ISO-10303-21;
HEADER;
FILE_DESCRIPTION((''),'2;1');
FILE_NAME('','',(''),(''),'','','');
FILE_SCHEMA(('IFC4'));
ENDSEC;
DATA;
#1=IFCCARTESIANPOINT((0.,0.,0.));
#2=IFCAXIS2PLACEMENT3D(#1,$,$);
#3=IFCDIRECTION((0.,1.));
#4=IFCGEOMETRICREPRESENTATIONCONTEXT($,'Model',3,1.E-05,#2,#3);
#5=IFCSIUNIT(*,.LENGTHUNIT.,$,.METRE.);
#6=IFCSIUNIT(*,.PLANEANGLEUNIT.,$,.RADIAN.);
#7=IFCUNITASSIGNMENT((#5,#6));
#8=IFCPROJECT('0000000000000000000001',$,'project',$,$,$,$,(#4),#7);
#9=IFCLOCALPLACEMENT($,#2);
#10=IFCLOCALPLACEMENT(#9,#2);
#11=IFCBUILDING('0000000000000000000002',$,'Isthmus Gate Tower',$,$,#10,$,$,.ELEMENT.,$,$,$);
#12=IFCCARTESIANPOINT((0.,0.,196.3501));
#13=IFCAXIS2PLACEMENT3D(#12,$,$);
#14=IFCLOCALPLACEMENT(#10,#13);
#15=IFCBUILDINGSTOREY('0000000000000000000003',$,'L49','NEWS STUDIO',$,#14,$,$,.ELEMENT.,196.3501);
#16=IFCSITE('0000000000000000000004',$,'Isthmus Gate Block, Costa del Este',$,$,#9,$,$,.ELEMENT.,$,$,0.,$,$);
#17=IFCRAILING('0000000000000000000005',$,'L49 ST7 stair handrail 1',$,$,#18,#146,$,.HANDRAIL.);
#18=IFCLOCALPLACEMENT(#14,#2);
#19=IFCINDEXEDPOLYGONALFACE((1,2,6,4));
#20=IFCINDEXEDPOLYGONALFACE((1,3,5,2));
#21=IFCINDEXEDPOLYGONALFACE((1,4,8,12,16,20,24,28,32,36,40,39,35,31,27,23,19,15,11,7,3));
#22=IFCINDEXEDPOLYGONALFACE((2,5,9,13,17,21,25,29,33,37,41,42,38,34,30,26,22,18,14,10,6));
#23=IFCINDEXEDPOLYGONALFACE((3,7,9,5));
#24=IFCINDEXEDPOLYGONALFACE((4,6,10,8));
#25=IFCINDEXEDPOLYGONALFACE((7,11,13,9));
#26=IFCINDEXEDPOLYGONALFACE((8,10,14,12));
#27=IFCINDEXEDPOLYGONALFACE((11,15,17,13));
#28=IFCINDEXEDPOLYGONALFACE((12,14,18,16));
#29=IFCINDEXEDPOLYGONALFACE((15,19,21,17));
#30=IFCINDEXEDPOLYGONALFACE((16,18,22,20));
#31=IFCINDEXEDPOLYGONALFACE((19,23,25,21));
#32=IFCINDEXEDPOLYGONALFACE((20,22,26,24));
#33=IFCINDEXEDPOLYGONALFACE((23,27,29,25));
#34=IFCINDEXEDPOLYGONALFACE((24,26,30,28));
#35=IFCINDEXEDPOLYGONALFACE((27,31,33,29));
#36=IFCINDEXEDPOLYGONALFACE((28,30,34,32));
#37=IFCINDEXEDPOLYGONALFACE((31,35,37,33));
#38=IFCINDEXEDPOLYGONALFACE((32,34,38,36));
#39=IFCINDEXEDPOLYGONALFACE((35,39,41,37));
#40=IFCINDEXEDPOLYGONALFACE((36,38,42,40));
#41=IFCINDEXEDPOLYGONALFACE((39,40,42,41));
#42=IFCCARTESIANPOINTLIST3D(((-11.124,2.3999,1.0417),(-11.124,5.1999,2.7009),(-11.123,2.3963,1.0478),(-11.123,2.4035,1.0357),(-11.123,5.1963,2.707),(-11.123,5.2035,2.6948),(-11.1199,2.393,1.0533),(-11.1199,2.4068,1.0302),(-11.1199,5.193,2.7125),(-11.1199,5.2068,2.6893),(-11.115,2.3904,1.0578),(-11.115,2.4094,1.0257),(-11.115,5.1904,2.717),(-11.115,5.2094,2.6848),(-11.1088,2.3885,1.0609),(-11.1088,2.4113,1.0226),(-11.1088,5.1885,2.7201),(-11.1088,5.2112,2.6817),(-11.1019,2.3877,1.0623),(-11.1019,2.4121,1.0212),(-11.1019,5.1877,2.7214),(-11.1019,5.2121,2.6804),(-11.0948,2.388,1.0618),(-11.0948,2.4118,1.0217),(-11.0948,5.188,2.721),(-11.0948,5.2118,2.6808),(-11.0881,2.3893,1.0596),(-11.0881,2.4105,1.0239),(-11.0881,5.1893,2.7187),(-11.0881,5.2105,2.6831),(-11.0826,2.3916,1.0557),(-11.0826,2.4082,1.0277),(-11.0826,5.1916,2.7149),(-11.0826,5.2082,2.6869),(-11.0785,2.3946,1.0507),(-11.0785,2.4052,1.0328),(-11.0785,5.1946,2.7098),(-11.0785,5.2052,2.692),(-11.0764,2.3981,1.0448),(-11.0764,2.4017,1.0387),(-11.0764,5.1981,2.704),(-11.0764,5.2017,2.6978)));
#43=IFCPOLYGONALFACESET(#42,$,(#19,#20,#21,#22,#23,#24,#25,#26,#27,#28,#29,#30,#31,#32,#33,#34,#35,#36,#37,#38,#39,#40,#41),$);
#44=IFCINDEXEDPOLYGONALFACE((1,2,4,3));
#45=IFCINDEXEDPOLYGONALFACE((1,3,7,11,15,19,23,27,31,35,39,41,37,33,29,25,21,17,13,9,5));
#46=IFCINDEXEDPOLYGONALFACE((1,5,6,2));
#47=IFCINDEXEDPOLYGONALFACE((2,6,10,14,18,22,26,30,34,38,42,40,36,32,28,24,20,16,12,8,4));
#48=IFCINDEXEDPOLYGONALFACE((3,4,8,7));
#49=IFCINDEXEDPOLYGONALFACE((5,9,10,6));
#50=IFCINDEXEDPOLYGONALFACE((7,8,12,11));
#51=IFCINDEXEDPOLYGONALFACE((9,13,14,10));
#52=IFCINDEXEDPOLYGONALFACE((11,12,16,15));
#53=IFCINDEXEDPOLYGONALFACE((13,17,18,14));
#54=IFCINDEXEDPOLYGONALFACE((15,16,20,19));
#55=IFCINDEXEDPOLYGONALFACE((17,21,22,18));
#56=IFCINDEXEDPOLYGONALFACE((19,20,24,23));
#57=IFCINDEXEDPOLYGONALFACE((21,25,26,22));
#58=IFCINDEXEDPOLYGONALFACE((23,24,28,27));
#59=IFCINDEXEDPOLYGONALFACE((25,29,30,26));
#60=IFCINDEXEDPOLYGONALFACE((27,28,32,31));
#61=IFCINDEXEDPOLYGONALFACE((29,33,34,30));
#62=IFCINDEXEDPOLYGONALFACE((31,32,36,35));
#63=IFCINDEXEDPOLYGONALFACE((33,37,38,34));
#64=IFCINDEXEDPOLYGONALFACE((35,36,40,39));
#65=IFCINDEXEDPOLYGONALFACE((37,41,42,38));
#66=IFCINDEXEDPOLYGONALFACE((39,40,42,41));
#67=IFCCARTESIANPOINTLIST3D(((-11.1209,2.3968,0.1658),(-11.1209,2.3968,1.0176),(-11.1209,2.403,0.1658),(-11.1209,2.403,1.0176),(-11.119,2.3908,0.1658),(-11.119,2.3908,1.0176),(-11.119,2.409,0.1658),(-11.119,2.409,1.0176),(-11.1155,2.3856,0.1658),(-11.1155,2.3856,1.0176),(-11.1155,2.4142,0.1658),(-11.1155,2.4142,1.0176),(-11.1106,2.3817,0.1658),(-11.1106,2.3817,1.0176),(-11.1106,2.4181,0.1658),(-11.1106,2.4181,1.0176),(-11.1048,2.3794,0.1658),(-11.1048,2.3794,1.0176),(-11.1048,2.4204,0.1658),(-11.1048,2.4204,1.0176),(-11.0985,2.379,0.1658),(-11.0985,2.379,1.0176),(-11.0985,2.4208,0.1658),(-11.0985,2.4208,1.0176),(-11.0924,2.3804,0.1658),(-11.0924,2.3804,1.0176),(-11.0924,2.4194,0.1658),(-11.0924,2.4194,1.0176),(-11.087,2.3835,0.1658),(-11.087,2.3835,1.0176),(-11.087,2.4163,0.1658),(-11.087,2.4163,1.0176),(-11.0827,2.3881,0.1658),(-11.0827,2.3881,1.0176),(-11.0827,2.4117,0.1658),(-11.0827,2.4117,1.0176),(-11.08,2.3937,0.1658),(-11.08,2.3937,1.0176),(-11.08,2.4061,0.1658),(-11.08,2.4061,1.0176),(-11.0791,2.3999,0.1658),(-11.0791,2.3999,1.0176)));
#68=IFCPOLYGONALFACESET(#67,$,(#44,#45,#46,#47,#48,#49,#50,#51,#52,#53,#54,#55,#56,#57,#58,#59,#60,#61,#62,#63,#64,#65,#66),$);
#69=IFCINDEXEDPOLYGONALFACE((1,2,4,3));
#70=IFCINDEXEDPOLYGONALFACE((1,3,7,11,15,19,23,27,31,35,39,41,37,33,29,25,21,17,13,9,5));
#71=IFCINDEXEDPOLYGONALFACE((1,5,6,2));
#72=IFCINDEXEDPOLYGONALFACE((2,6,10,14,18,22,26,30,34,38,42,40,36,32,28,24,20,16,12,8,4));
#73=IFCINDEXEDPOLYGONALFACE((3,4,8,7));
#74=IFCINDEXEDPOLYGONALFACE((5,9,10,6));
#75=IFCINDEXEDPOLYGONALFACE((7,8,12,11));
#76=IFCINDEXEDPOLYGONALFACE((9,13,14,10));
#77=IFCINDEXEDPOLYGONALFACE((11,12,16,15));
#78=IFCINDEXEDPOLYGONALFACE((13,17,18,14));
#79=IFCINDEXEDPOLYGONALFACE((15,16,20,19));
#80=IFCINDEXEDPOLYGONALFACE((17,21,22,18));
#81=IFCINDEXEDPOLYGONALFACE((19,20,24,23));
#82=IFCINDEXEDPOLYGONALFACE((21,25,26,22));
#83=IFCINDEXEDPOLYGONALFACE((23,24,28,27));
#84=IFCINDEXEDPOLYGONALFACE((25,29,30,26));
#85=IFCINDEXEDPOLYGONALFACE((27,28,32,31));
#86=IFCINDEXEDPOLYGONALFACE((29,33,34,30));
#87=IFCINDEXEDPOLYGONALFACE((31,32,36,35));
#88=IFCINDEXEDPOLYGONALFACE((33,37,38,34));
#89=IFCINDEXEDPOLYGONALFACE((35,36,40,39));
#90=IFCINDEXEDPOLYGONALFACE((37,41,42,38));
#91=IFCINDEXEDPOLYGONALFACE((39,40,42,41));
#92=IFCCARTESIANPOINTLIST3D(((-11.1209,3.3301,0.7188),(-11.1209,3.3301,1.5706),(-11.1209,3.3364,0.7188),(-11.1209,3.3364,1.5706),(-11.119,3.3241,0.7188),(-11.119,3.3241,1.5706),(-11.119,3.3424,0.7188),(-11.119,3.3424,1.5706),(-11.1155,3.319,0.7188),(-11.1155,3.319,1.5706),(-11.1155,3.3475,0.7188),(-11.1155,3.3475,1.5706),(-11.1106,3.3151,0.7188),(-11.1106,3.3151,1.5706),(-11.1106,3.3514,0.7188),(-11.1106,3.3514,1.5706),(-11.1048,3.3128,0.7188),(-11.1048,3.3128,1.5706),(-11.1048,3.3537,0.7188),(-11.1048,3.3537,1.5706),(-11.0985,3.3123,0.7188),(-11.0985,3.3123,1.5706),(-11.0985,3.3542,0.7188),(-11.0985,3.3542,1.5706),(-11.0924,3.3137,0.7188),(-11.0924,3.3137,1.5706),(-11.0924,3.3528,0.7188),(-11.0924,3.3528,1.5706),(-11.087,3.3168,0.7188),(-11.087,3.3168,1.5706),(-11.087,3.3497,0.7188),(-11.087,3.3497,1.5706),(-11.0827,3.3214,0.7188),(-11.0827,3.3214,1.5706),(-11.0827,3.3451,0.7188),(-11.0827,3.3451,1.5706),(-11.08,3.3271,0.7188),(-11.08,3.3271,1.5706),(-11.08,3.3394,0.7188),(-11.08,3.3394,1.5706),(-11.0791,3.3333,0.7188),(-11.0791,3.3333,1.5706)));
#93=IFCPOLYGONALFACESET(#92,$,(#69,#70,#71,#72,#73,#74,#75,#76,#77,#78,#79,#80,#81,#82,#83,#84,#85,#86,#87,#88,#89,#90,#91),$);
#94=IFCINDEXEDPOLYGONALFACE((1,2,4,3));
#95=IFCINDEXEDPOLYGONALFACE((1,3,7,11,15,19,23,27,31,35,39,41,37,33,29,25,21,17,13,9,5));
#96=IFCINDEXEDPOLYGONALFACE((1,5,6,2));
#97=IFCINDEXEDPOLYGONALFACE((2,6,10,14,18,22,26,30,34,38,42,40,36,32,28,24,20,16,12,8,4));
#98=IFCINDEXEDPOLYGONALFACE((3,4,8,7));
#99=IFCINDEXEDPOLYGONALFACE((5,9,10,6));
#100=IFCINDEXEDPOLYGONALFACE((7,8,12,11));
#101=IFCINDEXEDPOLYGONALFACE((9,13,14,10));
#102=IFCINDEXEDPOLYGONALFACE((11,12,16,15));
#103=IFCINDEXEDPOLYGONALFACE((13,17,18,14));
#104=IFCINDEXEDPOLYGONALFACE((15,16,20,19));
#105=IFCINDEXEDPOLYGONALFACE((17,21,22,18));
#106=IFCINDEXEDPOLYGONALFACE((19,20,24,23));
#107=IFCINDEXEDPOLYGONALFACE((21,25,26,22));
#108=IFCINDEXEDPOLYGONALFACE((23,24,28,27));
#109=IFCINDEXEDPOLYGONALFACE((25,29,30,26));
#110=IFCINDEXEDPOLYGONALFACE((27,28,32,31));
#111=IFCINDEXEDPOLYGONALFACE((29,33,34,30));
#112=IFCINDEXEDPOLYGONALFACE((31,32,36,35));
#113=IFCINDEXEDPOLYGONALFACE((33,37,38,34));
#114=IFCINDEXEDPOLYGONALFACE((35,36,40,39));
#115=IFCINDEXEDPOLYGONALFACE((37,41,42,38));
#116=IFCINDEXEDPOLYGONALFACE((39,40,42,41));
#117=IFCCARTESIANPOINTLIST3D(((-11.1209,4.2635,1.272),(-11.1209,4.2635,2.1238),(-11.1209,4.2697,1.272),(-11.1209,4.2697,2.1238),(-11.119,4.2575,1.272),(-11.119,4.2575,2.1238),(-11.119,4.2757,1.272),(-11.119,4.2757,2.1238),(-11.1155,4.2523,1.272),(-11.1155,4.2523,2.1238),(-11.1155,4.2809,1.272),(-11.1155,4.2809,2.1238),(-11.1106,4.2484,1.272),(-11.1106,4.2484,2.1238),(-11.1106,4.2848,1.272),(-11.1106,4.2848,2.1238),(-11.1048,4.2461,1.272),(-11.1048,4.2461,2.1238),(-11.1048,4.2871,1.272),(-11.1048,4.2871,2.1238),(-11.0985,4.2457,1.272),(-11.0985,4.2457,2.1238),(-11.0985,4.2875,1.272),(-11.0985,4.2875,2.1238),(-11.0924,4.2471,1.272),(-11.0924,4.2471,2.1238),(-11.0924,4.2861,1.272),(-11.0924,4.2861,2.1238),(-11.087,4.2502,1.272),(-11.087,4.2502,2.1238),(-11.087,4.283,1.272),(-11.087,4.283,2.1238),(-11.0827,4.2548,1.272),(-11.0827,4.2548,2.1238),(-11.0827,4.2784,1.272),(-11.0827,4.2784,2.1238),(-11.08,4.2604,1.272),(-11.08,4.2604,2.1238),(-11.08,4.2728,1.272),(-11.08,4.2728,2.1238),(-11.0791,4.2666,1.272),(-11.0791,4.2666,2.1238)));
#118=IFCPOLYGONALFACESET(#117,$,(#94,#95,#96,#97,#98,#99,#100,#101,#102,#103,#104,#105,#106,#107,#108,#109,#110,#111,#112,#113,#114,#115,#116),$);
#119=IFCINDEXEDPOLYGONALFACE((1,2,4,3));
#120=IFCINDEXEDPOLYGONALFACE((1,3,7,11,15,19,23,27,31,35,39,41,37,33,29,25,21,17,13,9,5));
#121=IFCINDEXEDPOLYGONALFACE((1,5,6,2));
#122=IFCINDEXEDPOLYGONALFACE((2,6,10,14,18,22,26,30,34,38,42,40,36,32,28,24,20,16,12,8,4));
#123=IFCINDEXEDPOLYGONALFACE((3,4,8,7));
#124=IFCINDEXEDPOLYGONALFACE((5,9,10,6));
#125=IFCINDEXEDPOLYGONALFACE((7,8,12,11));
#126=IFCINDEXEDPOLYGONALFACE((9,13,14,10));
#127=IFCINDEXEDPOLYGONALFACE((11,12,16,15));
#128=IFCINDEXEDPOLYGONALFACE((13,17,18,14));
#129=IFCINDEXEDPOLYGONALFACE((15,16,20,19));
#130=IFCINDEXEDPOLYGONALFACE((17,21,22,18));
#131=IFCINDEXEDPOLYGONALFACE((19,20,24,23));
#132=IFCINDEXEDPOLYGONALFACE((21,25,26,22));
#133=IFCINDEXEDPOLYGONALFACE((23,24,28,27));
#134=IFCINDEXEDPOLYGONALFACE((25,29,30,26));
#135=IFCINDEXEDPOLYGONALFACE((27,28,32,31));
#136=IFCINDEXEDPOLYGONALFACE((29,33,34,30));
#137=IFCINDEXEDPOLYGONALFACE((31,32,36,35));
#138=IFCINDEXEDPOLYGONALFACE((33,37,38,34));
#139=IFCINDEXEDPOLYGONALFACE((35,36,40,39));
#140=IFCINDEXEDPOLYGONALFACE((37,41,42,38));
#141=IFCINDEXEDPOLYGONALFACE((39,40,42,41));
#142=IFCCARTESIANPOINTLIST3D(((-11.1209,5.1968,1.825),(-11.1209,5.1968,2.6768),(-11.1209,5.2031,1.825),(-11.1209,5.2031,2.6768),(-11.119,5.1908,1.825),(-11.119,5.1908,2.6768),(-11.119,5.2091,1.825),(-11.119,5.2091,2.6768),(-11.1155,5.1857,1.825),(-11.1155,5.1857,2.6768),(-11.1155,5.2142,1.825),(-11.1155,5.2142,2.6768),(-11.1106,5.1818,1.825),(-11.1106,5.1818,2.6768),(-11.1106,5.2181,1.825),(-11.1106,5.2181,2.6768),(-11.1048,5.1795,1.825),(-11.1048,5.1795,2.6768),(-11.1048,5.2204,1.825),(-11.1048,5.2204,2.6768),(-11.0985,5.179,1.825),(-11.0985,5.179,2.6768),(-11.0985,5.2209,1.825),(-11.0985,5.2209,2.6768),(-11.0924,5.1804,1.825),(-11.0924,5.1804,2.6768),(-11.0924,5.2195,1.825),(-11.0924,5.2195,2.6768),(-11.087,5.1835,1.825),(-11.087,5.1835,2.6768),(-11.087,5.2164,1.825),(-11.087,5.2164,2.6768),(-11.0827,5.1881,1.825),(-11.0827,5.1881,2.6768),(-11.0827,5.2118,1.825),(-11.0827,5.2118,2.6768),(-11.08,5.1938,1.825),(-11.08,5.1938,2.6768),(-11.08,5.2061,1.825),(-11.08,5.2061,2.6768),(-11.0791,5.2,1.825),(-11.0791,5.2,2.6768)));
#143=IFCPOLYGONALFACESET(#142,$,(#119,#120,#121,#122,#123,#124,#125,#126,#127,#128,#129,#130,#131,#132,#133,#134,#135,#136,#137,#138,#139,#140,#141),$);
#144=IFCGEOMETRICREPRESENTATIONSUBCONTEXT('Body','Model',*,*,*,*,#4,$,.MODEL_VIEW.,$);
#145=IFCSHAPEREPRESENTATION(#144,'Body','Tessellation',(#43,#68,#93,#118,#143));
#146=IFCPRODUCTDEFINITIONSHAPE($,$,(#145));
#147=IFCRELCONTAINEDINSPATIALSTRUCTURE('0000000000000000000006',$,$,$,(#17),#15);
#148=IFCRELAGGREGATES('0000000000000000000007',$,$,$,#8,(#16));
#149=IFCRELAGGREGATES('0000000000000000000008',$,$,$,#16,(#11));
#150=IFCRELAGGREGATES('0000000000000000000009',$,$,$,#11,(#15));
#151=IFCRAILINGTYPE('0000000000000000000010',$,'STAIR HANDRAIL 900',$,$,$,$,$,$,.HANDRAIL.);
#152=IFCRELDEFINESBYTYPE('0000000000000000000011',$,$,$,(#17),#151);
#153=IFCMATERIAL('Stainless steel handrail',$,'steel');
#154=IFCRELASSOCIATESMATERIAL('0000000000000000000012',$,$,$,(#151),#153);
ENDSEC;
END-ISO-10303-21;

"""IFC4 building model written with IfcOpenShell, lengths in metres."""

from ifc_helpers import new_model, si_unit, direction, frame, origin, origin_2d, place, context, subcontext, project, spatial, circle, extrude, material, type_object, element, save


model = new_model("IFC4")

# Units and contexts
model_context = context("Model", 3, precision=1e-05, world=origin(), true_north=direction((0.0, 1.0)))
body_context = subcontext(model_context, "Body", "Model", "MODEL_VIEW")
ifc_project = project(units=[si_unit("LENGTHUNIT", "METRE"), si_unit("PLANEANGLEUNIT", "RADIAN")], contexts=[model_context])

# Site, building, storey
site_placement = place(None, origin())
site = spatial("IfcSite", under=ifc_project, at=site_placement, Name="Isthmus Gate Block, Costa del Este", CompositionType="ELEMENT", RefElevation=0.0)
building_placement = place(site_placement, origin())
building = spatial("IfcBuilding", under=site, at=building_placement, Name="Isthmus Gate Tower", CompositionType="ELEMENT")
storey_placement = place(building_placement, frame((0.0, 0.0, 196.3501)))
storey = spatial("IfcBuildingStorey", under=building, at=storey_placement, Name="L49", Description="NEWS STUDIO", CompositionType="ELEMENT", Elevation=196.3501)

# Railing
ifc_material_1 = material(Name="Stainless steel handrail", Category="steel")
railing_type_1 = type_object("IfcRailingType", Name="STAIR HANDRAIL 900", PredefinedType="HANDRAIL", material=ifc_material_1)
for number, where, name in (
    (1, (-11.1001, 2.3999, 0.1658), "L49 ST7 stair handrail 1"),
):
    element("IfcRailing", number, at=place(storey_placement, frame(where)), inside=storey, type_object=railing_type_1, Name=name, PredefinedType="HANDRAIL", context=body_context, shape_type="SweptSolid", body=[
        extrude(circle(Radius=0.0239, at=origin_2d()), frame((0.0, 0.0, 0.876), z_axis=(0.0, 0.860306, 0.509778), x_axis=(-1.0, 0.0, 0.0)), (0.0, 0.0, 1.0), 3.2546),
        extrude(circle(Radius=0.021, at=origin_2d()), origin(), (0.0, 0.0, 1.0), 0.8518),
        extrude(circle(Radius=0.021, at=origin_2d()), frame((0.0, 0.9333, 0.553)), (0.0, 0.0, 1.0), 0.8518),
        extrude(circle(Radius=0.021, at=origin_2d()), frame((0.0, 1.8667, 1.1062)), (0.0, 0.0, 1.0), 0.8518),
        extrude(circle(Radius=0.021, at=origin_2d()), frame((0.0, 2.8, 1.6592)), (0.0, 0.0, 1.0), 0.8518),
    ])

save(model, "model.ifc")
